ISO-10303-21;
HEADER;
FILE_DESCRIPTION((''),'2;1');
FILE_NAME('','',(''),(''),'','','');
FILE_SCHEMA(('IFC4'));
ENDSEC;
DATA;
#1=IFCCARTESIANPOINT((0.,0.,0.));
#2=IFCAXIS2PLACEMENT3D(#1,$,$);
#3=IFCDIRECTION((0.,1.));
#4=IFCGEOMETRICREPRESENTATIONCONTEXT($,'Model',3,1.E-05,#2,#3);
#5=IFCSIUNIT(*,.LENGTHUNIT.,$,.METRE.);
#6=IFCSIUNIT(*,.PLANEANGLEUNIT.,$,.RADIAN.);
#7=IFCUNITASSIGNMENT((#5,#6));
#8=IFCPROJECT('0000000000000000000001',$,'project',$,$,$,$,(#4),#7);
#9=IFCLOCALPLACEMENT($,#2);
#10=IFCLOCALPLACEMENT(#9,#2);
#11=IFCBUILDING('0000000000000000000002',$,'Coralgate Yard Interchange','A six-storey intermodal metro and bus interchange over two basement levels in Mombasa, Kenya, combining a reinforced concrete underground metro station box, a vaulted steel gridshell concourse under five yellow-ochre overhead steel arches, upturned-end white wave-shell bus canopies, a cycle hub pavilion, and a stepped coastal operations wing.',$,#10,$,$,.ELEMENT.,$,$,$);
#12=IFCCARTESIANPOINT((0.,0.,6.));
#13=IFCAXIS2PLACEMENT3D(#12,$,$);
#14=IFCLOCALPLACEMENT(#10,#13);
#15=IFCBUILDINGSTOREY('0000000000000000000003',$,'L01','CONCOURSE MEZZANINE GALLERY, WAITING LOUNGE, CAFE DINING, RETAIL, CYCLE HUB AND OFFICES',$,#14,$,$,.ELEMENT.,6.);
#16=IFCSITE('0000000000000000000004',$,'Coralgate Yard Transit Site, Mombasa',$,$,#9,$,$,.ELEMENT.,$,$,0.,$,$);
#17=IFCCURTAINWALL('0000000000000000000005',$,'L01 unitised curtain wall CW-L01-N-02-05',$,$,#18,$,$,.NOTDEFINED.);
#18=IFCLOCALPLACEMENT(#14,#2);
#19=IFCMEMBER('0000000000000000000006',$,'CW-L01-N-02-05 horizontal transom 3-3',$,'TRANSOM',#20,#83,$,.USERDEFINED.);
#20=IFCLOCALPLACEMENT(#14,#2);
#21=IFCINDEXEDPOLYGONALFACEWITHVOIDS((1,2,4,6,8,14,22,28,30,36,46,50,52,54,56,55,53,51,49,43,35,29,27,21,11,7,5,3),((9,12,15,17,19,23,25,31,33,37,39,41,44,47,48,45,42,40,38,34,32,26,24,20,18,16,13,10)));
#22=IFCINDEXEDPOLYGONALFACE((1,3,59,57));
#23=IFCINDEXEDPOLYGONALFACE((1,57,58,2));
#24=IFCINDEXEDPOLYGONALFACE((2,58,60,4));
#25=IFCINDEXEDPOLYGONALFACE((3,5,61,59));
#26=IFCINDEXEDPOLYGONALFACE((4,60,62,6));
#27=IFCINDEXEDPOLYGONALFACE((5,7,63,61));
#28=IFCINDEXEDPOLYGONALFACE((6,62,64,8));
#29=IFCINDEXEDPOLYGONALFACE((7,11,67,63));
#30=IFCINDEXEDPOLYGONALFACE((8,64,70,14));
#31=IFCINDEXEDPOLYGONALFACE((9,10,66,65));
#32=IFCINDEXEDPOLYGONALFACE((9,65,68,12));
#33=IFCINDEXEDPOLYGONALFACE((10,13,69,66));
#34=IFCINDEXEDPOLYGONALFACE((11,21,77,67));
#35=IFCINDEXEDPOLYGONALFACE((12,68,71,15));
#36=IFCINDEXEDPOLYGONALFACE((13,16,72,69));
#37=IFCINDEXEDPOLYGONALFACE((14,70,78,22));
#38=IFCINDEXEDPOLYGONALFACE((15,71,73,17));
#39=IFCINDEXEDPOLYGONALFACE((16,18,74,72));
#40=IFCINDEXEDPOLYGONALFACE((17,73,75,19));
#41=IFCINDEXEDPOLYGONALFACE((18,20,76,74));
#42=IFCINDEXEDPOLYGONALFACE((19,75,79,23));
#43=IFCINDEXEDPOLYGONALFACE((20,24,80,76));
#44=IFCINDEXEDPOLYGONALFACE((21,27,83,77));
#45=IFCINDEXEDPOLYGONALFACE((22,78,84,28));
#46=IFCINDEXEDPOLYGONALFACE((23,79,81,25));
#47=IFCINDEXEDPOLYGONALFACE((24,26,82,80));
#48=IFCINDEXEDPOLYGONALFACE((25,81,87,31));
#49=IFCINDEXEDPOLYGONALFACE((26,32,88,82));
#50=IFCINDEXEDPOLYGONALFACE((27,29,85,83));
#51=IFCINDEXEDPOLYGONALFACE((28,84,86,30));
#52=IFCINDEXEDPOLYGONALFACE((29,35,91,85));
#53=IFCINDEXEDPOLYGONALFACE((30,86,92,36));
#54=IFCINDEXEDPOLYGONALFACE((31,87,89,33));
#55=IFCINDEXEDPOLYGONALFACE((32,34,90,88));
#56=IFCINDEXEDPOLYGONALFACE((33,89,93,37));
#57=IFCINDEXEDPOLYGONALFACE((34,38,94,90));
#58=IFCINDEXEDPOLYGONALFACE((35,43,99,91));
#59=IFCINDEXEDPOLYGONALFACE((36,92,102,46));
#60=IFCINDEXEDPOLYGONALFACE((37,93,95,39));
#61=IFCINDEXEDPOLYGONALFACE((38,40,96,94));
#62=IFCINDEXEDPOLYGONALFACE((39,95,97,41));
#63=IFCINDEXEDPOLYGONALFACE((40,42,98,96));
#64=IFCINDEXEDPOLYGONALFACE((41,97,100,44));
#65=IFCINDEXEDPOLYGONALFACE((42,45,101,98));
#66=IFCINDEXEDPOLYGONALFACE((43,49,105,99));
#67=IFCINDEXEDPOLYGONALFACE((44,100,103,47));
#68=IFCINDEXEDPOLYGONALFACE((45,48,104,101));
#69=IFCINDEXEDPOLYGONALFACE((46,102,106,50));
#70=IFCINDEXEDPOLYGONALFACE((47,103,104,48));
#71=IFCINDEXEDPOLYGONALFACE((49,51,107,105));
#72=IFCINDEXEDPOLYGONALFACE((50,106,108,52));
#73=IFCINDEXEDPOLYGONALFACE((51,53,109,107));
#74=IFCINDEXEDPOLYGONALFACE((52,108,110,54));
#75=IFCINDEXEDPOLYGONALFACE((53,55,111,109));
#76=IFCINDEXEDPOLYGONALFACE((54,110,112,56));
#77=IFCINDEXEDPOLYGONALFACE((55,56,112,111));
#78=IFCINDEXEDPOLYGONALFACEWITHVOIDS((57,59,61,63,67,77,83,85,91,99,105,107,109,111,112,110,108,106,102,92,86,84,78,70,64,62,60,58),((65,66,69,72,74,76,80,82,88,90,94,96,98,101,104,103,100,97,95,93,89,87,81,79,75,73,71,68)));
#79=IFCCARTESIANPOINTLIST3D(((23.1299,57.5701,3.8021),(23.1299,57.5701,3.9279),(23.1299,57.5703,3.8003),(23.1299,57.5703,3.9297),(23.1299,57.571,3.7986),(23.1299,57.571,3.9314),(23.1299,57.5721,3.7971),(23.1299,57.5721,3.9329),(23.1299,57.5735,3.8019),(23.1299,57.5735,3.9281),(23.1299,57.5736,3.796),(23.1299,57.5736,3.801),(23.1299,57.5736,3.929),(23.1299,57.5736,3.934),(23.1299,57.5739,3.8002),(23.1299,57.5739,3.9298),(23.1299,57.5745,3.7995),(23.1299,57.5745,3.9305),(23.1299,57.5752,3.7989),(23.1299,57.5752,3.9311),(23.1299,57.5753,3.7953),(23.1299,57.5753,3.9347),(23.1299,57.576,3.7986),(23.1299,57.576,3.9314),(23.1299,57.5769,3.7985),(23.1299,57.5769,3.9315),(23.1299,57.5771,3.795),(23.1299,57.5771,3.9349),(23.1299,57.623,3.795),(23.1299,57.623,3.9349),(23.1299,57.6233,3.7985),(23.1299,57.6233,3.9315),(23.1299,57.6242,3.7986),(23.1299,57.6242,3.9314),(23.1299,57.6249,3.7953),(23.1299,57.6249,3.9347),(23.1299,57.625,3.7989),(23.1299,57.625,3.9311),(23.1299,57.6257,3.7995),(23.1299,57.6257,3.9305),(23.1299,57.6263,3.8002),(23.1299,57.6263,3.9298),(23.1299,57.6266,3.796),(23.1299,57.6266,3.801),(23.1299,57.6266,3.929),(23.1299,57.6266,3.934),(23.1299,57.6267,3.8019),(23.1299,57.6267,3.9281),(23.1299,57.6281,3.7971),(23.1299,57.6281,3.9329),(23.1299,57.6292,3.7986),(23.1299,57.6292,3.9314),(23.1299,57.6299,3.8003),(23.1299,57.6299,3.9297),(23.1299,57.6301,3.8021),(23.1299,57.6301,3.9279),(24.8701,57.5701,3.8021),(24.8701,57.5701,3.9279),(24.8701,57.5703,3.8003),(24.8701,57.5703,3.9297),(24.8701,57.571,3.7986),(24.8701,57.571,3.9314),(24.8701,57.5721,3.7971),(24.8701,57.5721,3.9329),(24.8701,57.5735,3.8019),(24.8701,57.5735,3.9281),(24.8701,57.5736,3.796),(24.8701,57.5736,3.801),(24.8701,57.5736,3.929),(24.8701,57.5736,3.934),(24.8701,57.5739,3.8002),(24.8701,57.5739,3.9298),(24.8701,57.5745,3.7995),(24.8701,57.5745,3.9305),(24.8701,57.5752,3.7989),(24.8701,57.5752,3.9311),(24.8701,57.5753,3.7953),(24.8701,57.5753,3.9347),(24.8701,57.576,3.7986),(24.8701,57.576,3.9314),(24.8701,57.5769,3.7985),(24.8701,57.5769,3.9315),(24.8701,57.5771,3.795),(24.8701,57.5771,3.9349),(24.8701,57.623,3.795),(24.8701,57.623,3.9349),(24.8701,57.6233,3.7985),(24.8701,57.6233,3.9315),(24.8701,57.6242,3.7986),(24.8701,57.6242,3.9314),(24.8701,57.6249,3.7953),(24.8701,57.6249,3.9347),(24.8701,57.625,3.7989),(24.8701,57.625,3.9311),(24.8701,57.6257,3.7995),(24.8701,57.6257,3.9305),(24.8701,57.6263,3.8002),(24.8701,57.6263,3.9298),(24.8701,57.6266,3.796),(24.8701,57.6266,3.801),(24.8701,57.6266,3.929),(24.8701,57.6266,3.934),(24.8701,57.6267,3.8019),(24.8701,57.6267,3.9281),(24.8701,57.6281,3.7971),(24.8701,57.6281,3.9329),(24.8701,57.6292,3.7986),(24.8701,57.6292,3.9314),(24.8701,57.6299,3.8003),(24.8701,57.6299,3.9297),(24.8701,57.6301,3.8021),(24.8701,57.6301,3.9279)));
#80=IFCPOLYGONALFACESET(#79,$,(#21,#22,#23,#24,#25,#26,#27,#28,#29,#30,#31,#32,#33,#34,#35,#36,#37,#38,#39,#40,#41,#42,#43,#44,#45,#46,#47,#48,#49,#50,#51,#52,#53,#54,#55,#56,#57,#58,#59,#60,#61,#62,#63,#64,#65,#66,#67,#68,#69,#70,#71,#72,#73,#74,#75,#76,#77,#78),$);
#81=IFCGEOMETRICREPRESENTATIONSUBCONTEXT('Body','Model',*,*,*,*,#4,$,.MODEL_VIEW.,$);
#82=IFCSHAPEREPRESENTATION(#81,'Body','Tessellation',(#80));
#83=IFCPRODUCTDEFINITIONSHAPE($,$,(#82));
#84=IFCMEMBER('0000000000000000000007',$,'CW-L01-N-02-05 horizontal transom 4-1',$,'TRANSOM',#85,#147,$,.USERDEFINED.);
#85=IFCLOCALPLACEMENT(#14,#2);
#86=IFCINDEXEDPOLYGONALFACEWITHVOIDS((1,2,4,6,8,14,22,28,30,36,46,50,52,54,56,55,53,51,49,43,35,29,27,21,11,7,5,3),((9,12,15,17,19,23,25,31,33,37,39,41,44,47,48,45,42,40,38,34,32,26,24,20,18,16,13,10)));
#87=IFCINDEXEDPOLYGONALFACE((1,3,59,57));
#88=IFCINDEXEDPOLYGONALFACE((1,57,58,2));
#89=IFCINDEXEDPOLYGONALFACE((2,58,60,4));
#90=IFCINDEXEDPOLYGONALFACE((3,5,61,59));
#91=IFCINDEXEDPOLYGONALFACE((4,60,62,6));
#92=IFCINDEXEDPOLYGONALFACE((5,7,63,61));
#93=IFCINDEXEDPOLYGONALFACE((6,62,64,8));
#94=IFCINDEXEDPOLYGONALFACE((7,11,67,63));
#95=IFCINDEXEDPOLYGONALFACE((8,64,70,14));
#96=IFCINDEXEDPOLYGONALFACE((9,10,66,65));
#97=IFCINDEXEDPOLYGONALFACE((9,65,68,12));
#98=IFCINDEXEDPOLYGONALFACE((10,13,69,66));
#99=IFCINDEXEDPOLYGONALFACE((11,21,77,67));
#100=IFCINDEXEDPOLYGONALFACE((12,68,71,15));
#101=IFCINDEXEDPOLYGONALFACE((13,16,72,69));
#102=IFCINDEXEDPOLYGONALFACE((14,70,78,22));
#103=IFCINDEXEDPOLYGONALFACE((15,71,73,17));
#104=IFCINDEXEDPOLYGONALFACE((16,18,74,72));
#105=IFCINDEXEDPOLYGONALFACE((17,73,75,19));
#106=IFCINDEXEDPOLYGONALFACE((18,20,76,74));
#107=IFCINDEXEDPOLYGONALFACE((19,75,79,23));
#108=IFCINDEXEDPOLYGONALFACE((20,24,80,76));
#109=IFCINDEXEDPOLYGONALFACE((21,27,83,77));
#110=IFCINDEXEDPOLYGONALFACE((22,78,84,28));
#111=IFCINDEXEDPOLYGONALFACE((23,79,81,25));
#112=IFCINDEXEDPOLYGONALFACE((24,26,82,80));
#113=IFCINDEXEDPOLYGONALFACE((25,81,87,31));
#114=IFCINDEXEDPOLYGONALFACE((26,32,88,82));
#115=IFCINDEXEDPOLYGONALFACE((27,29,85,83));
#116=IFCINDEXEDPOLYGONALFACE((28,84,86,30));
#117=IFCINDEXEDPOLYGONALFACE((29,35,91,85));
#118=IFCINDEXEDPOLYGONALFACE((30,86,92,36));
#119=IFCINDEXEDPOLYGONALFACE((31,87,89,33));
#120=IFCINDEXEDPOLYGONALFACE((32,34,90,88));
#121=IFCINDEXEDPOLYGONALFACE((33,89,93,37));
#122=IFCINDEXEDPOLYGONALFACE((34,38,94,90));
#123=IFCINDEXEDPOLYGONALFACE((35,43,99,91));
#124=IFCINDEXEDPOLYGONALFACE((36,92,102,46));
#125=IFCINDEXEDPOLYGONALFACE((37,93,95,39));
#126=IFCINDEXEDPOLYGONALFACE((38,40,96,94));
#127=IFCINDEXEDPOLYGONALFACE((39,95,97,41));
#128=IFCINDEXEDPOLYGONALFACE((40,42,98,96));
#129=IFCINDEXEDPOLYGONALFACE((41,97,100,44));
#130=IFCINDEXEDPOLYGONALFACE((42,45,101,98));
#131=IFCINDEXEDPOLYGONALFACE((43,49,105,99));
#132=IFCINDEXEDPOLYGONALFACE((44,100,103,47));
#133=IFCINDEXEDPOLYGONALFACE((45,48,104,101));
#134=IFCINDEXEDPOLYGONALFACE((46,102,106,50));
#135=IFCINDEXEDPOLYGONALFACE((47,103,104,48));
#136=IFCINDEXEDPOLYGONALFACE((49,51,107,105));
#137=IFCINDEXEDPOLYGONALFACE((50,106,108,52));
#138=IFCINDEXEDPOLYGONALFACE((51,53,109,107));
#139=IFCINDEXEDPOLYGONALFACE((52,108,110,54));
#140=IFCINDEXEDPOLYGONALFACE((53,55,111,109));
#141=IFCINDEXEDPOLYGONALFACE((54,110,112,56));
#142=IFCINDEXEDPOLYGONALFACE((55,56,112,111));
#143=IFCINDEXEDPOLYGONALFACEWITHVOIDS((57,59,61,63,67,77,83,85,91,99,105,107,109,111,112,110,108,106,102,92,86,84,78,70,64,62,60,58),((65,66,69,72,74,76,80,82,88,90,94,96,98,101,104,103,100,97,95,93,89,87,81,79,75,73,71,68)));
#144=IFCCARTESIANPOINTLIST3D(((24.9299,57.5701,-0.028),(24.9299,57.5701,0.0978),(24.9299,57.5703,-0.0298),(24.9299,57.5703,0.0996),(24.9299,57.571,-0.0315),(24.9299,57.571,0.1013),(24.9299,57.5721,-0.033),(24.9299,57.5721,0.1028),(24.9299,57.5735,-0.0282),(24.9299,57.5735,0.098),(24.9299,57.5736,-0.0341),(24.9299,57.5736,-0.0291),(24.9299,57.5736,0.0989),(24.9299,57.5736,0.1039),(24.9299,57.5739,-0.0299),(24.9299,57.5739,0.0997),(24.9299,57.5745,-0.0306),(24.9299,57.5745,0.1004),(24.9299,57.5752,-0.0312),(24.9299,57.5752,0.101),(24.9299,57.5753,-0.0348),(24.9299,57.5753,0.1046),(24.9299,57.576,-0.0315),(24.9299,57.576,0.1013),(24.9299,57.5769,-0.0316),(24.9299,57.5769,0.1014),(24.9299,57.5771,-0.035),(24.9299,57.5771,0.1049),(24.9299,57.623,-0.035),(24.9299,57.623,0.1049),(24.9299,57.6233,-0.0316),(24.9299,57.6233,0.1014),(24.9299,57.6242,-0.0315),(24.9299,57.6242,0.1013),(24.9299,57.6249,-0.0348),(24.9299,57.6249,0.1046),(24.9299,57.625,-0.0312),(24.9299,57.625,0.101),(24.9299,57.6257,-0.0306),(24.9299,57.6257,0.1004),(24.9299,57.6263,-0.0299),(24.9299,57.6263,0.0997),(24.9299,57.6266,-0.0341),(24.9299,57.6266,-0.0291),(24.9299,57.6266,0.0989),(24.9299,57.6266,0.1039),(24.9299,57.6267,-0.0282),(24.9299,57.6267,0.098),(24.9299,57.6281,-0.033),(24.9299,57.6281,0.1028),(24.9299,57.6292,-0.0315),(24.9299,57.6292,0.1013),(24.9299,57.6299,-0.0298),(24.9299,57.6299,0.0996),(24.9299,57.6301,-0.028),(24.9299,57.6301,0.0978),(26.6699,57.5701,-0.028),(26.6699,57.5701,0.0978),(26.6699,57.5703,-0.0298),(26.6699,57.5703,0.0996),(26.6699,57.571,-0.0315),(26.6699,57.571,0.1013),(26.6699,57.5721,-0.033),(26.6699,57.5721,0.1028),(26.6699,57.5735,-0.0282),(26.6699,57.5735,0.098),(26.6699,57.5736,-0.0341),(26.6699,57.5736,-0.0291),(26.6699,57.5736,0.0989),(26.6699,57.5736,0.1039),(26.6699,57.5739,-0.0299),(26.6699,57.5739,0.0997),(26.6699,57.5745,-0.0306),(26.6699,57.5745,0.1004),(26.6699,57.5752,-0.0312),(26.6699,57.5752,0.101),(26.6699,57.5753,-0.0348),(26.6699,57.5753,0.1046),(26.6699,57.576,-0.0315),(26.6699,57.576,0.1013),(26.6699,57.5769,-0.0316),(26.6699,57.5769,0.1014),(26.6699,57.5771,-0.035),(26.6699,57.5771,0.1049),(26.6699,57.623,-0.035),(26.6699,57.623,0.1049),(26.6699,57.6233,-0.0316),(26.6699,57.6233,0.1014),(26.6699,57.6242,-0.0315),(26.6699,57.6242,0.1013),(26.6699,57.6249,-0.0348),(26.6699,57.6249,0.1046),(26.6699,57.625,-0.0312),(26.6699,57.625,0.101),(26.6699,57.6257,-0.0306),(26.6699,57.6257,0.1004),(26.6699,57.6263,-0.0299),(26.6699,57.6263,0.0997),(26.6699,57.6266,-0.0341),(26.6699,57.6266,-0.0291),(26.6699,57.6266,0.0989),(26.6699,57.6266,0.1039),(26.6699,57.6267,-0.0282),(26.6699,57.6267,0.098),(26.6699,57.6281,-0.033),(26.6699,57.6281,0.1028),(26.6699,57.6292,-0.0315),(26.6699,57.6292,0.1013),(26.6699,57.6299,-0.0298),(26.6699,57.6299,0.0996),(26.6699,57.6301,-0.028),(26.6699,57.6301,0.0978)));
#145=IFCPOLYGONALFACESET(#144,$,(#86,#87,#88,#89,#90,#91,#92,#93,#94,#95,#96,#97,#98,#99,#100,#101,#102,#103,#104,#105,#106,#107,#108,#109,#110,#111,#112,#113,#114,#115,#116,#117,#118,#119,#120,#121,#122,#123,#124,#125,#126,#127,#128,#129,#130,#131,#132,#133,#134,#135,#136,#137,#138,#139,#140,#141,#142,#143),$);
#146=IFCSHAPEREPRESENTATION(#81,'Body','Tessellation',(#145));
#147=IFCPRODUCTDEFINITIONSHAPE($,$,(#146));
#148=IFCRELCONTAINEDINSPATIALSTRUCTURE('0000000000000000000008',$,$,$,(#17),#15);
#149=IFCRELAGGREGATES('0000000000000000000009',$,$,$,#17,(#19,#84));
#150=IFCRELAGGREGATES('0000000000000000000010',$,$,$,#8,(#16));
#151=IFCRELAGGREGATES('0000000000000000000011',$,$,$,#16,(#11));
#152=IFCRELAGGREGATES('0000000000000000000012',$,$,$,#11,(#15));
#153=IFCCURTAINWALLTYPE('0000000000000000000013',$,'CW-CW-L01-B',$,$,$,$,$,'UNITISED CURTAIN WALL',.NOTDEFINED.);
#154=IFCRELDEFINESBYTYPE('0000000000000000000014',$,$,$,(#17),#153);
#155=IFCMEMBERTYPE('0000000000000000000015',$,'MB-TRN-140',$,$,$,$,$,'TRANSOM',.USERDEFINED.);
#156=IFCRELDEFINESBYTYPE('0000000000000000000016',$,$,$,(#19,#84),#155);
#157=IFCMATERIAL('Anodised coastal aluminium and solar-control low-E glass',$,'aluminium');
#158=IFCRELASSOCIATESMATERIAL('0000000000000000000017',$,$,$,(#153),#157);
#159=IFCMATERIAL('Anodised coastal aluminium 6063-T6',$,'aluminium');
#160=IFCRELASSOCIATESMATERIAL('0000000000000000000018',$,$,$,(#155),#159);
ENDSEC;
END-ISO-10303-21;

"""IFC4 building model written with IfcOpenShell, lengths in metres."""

from ifc_helpers import new_model, si_unit, direction, frame, origin, origin_2d, place, context, subcontext, project, spatial, hollow_rectangle, extrude, material, material_profile, profile_set, type_object, element, aggregate, save


model = new_model("IFC4")

# Units and contexts
model_context = context("Model", 3, precision=1e-05, world=origin(), true_north=direction((0.0, 1.0)))
body_context = subcontext(model_context, "Body", "Model", "MODEL_VIEW")
ifc_project = project(units=[si_unit("LENGTHUNIT", "METRE"), si_unit("PLANEANGLEUNIT", "RADIAN")], contexts=[model_context])

# Site, building, storey
site_placement = place(None, origin())
site = spatial("IfcSite", under=ifc_project, at=site_placement, Name="Coralgate Yard Transit Site, Mombasa", CompositionType="ELEMENT", RefElevation=0.0)
building_placement = place(site_placement, origin())
building = spatial("IfcBuilding", under=site, at=building_placement, Name="Coralgate Yard Interchange", Description="A six-storey intermodal metro and bus interchange over two basement levels in Mombasa, Kenya, combining a reinforced concrete underground metro station box, a vaulted steel gridshell concourse under five yellow-ochre overhead steel arches, upturned-end white wave-shell bus canopies, a cycle hub pavilion, and a stepped coastal operations wing.", CompositionType="ELEMENT")
storey_placement = place(building_placement, frame((0.0, 0.0, 6.0)))
storey = spatial("IfcBuildingStorey", under=building, at=storey_placement, Name="L01", Description="CONCOURSE MEZZANINE GALLERY, WAITING LOUNGE, CAFE DINING, RETAIL, CYCLE HUB AND OFFICES", CompositionType="ELEMENT", Elevation=6.0)

# Curtain wall, members
ifc_material_1 = material(Name="Anodised coastal aluminium and solar-control low-E glass", Category="aluminium")
curtain_wall_type = type_object("IfcCurtainWallType", Name="CW-CW-L01-B", ElementType="UNITISED CURTAIN WALL", PredefinedType="NOTDEFINED", material=ifc_material_1)
curtain_wall_placement = place(storey_placement, origin())
curtain_wall = element("IfcCurtainWall", 1, at=curtain_wall_placement, inside=storey, type_object=curtain_wall_type, Name="L01 unitised curtain wall CW-L01-N-02-05", PredefinedType="NOTDEFINED")
ifc_material_2 = material(Name="Anodised coastal aluminium 6063-T6", Category="aluminium")
ifc_material_profile_1 = material_profile(ifc_material_2, hollow_rectangle(XDim=0.0601, YDim=0.1399, WallThickness=0.0034, InnerFilletRadius=0.0034, OuterFilletRadius=0.0071, at=origin_2d()), Name="ALU 60x140x3.5")
ifc_profile_set_1 = profile_set([ifc_material_profile_1], Name="Anodised coastal aluminium 6063-T6")
member_type_1 = type_object("IfcMemberType", Name="MB-TRN-140", ElementType="TRANSOM", PredefinedType="USERDEFINED", material=ifc_profile_set_1)
member_1_placement = place(storey_placement, frame((23.1299, 57.6001, 3.865), z_axis=(1.0, 0.0, 0.0), x_axis=(0.0, 1.0, 0.0)))
member_1 = element("IfcMember", 2, at=member_1_placement, type_object=member_type_1, Name="CW-L01-N-02-05 horizontal transom 3-3", ObjectType="TRANSOM", PredefinedType="USERDEFINED", context=body_context, shape_type="SweptSolid", body=[
    extrude(hollow_rectangle(XDim=0.0601, YDim=0.1399, WallThickness=0.0034, InnerFilletRadius=0.0034, OuterFilletRadius=0.0071, at=origin_2d()), origin(), (0.0, 0.0, 1.0), 1.7402),
])
member_2_placement = place(storey_placement, frame((24.9299, 57.6001, 0.0349), z_axis=(1.0, 0.0, 0.0), x_axis=(0.0, 1.0, 0.0)))
member_2 = element("IfcMember", 3, at=member_2_placement, type_object=member_type_1, Name="CW-L01-N-02-05 horizontal transom 4-1", ObjectType="TRANSOM", PredefinedType="USERDEFINED", context=body_context, shape_type="SweptSolid", body=[
    extrude(hollow_rectangle(XDim=0.0601, YDim=0.1399, WallThickness=0.0034, InnerFilletRadius=0.0034, OuterFilletRadius=0.0071, at=origin_2d()), origin(), (0.0, 0.0, 1.0), 1.74),
])
aggregate(curtain_wall, [member_1, member_2])

save(model, "model.ifc")
